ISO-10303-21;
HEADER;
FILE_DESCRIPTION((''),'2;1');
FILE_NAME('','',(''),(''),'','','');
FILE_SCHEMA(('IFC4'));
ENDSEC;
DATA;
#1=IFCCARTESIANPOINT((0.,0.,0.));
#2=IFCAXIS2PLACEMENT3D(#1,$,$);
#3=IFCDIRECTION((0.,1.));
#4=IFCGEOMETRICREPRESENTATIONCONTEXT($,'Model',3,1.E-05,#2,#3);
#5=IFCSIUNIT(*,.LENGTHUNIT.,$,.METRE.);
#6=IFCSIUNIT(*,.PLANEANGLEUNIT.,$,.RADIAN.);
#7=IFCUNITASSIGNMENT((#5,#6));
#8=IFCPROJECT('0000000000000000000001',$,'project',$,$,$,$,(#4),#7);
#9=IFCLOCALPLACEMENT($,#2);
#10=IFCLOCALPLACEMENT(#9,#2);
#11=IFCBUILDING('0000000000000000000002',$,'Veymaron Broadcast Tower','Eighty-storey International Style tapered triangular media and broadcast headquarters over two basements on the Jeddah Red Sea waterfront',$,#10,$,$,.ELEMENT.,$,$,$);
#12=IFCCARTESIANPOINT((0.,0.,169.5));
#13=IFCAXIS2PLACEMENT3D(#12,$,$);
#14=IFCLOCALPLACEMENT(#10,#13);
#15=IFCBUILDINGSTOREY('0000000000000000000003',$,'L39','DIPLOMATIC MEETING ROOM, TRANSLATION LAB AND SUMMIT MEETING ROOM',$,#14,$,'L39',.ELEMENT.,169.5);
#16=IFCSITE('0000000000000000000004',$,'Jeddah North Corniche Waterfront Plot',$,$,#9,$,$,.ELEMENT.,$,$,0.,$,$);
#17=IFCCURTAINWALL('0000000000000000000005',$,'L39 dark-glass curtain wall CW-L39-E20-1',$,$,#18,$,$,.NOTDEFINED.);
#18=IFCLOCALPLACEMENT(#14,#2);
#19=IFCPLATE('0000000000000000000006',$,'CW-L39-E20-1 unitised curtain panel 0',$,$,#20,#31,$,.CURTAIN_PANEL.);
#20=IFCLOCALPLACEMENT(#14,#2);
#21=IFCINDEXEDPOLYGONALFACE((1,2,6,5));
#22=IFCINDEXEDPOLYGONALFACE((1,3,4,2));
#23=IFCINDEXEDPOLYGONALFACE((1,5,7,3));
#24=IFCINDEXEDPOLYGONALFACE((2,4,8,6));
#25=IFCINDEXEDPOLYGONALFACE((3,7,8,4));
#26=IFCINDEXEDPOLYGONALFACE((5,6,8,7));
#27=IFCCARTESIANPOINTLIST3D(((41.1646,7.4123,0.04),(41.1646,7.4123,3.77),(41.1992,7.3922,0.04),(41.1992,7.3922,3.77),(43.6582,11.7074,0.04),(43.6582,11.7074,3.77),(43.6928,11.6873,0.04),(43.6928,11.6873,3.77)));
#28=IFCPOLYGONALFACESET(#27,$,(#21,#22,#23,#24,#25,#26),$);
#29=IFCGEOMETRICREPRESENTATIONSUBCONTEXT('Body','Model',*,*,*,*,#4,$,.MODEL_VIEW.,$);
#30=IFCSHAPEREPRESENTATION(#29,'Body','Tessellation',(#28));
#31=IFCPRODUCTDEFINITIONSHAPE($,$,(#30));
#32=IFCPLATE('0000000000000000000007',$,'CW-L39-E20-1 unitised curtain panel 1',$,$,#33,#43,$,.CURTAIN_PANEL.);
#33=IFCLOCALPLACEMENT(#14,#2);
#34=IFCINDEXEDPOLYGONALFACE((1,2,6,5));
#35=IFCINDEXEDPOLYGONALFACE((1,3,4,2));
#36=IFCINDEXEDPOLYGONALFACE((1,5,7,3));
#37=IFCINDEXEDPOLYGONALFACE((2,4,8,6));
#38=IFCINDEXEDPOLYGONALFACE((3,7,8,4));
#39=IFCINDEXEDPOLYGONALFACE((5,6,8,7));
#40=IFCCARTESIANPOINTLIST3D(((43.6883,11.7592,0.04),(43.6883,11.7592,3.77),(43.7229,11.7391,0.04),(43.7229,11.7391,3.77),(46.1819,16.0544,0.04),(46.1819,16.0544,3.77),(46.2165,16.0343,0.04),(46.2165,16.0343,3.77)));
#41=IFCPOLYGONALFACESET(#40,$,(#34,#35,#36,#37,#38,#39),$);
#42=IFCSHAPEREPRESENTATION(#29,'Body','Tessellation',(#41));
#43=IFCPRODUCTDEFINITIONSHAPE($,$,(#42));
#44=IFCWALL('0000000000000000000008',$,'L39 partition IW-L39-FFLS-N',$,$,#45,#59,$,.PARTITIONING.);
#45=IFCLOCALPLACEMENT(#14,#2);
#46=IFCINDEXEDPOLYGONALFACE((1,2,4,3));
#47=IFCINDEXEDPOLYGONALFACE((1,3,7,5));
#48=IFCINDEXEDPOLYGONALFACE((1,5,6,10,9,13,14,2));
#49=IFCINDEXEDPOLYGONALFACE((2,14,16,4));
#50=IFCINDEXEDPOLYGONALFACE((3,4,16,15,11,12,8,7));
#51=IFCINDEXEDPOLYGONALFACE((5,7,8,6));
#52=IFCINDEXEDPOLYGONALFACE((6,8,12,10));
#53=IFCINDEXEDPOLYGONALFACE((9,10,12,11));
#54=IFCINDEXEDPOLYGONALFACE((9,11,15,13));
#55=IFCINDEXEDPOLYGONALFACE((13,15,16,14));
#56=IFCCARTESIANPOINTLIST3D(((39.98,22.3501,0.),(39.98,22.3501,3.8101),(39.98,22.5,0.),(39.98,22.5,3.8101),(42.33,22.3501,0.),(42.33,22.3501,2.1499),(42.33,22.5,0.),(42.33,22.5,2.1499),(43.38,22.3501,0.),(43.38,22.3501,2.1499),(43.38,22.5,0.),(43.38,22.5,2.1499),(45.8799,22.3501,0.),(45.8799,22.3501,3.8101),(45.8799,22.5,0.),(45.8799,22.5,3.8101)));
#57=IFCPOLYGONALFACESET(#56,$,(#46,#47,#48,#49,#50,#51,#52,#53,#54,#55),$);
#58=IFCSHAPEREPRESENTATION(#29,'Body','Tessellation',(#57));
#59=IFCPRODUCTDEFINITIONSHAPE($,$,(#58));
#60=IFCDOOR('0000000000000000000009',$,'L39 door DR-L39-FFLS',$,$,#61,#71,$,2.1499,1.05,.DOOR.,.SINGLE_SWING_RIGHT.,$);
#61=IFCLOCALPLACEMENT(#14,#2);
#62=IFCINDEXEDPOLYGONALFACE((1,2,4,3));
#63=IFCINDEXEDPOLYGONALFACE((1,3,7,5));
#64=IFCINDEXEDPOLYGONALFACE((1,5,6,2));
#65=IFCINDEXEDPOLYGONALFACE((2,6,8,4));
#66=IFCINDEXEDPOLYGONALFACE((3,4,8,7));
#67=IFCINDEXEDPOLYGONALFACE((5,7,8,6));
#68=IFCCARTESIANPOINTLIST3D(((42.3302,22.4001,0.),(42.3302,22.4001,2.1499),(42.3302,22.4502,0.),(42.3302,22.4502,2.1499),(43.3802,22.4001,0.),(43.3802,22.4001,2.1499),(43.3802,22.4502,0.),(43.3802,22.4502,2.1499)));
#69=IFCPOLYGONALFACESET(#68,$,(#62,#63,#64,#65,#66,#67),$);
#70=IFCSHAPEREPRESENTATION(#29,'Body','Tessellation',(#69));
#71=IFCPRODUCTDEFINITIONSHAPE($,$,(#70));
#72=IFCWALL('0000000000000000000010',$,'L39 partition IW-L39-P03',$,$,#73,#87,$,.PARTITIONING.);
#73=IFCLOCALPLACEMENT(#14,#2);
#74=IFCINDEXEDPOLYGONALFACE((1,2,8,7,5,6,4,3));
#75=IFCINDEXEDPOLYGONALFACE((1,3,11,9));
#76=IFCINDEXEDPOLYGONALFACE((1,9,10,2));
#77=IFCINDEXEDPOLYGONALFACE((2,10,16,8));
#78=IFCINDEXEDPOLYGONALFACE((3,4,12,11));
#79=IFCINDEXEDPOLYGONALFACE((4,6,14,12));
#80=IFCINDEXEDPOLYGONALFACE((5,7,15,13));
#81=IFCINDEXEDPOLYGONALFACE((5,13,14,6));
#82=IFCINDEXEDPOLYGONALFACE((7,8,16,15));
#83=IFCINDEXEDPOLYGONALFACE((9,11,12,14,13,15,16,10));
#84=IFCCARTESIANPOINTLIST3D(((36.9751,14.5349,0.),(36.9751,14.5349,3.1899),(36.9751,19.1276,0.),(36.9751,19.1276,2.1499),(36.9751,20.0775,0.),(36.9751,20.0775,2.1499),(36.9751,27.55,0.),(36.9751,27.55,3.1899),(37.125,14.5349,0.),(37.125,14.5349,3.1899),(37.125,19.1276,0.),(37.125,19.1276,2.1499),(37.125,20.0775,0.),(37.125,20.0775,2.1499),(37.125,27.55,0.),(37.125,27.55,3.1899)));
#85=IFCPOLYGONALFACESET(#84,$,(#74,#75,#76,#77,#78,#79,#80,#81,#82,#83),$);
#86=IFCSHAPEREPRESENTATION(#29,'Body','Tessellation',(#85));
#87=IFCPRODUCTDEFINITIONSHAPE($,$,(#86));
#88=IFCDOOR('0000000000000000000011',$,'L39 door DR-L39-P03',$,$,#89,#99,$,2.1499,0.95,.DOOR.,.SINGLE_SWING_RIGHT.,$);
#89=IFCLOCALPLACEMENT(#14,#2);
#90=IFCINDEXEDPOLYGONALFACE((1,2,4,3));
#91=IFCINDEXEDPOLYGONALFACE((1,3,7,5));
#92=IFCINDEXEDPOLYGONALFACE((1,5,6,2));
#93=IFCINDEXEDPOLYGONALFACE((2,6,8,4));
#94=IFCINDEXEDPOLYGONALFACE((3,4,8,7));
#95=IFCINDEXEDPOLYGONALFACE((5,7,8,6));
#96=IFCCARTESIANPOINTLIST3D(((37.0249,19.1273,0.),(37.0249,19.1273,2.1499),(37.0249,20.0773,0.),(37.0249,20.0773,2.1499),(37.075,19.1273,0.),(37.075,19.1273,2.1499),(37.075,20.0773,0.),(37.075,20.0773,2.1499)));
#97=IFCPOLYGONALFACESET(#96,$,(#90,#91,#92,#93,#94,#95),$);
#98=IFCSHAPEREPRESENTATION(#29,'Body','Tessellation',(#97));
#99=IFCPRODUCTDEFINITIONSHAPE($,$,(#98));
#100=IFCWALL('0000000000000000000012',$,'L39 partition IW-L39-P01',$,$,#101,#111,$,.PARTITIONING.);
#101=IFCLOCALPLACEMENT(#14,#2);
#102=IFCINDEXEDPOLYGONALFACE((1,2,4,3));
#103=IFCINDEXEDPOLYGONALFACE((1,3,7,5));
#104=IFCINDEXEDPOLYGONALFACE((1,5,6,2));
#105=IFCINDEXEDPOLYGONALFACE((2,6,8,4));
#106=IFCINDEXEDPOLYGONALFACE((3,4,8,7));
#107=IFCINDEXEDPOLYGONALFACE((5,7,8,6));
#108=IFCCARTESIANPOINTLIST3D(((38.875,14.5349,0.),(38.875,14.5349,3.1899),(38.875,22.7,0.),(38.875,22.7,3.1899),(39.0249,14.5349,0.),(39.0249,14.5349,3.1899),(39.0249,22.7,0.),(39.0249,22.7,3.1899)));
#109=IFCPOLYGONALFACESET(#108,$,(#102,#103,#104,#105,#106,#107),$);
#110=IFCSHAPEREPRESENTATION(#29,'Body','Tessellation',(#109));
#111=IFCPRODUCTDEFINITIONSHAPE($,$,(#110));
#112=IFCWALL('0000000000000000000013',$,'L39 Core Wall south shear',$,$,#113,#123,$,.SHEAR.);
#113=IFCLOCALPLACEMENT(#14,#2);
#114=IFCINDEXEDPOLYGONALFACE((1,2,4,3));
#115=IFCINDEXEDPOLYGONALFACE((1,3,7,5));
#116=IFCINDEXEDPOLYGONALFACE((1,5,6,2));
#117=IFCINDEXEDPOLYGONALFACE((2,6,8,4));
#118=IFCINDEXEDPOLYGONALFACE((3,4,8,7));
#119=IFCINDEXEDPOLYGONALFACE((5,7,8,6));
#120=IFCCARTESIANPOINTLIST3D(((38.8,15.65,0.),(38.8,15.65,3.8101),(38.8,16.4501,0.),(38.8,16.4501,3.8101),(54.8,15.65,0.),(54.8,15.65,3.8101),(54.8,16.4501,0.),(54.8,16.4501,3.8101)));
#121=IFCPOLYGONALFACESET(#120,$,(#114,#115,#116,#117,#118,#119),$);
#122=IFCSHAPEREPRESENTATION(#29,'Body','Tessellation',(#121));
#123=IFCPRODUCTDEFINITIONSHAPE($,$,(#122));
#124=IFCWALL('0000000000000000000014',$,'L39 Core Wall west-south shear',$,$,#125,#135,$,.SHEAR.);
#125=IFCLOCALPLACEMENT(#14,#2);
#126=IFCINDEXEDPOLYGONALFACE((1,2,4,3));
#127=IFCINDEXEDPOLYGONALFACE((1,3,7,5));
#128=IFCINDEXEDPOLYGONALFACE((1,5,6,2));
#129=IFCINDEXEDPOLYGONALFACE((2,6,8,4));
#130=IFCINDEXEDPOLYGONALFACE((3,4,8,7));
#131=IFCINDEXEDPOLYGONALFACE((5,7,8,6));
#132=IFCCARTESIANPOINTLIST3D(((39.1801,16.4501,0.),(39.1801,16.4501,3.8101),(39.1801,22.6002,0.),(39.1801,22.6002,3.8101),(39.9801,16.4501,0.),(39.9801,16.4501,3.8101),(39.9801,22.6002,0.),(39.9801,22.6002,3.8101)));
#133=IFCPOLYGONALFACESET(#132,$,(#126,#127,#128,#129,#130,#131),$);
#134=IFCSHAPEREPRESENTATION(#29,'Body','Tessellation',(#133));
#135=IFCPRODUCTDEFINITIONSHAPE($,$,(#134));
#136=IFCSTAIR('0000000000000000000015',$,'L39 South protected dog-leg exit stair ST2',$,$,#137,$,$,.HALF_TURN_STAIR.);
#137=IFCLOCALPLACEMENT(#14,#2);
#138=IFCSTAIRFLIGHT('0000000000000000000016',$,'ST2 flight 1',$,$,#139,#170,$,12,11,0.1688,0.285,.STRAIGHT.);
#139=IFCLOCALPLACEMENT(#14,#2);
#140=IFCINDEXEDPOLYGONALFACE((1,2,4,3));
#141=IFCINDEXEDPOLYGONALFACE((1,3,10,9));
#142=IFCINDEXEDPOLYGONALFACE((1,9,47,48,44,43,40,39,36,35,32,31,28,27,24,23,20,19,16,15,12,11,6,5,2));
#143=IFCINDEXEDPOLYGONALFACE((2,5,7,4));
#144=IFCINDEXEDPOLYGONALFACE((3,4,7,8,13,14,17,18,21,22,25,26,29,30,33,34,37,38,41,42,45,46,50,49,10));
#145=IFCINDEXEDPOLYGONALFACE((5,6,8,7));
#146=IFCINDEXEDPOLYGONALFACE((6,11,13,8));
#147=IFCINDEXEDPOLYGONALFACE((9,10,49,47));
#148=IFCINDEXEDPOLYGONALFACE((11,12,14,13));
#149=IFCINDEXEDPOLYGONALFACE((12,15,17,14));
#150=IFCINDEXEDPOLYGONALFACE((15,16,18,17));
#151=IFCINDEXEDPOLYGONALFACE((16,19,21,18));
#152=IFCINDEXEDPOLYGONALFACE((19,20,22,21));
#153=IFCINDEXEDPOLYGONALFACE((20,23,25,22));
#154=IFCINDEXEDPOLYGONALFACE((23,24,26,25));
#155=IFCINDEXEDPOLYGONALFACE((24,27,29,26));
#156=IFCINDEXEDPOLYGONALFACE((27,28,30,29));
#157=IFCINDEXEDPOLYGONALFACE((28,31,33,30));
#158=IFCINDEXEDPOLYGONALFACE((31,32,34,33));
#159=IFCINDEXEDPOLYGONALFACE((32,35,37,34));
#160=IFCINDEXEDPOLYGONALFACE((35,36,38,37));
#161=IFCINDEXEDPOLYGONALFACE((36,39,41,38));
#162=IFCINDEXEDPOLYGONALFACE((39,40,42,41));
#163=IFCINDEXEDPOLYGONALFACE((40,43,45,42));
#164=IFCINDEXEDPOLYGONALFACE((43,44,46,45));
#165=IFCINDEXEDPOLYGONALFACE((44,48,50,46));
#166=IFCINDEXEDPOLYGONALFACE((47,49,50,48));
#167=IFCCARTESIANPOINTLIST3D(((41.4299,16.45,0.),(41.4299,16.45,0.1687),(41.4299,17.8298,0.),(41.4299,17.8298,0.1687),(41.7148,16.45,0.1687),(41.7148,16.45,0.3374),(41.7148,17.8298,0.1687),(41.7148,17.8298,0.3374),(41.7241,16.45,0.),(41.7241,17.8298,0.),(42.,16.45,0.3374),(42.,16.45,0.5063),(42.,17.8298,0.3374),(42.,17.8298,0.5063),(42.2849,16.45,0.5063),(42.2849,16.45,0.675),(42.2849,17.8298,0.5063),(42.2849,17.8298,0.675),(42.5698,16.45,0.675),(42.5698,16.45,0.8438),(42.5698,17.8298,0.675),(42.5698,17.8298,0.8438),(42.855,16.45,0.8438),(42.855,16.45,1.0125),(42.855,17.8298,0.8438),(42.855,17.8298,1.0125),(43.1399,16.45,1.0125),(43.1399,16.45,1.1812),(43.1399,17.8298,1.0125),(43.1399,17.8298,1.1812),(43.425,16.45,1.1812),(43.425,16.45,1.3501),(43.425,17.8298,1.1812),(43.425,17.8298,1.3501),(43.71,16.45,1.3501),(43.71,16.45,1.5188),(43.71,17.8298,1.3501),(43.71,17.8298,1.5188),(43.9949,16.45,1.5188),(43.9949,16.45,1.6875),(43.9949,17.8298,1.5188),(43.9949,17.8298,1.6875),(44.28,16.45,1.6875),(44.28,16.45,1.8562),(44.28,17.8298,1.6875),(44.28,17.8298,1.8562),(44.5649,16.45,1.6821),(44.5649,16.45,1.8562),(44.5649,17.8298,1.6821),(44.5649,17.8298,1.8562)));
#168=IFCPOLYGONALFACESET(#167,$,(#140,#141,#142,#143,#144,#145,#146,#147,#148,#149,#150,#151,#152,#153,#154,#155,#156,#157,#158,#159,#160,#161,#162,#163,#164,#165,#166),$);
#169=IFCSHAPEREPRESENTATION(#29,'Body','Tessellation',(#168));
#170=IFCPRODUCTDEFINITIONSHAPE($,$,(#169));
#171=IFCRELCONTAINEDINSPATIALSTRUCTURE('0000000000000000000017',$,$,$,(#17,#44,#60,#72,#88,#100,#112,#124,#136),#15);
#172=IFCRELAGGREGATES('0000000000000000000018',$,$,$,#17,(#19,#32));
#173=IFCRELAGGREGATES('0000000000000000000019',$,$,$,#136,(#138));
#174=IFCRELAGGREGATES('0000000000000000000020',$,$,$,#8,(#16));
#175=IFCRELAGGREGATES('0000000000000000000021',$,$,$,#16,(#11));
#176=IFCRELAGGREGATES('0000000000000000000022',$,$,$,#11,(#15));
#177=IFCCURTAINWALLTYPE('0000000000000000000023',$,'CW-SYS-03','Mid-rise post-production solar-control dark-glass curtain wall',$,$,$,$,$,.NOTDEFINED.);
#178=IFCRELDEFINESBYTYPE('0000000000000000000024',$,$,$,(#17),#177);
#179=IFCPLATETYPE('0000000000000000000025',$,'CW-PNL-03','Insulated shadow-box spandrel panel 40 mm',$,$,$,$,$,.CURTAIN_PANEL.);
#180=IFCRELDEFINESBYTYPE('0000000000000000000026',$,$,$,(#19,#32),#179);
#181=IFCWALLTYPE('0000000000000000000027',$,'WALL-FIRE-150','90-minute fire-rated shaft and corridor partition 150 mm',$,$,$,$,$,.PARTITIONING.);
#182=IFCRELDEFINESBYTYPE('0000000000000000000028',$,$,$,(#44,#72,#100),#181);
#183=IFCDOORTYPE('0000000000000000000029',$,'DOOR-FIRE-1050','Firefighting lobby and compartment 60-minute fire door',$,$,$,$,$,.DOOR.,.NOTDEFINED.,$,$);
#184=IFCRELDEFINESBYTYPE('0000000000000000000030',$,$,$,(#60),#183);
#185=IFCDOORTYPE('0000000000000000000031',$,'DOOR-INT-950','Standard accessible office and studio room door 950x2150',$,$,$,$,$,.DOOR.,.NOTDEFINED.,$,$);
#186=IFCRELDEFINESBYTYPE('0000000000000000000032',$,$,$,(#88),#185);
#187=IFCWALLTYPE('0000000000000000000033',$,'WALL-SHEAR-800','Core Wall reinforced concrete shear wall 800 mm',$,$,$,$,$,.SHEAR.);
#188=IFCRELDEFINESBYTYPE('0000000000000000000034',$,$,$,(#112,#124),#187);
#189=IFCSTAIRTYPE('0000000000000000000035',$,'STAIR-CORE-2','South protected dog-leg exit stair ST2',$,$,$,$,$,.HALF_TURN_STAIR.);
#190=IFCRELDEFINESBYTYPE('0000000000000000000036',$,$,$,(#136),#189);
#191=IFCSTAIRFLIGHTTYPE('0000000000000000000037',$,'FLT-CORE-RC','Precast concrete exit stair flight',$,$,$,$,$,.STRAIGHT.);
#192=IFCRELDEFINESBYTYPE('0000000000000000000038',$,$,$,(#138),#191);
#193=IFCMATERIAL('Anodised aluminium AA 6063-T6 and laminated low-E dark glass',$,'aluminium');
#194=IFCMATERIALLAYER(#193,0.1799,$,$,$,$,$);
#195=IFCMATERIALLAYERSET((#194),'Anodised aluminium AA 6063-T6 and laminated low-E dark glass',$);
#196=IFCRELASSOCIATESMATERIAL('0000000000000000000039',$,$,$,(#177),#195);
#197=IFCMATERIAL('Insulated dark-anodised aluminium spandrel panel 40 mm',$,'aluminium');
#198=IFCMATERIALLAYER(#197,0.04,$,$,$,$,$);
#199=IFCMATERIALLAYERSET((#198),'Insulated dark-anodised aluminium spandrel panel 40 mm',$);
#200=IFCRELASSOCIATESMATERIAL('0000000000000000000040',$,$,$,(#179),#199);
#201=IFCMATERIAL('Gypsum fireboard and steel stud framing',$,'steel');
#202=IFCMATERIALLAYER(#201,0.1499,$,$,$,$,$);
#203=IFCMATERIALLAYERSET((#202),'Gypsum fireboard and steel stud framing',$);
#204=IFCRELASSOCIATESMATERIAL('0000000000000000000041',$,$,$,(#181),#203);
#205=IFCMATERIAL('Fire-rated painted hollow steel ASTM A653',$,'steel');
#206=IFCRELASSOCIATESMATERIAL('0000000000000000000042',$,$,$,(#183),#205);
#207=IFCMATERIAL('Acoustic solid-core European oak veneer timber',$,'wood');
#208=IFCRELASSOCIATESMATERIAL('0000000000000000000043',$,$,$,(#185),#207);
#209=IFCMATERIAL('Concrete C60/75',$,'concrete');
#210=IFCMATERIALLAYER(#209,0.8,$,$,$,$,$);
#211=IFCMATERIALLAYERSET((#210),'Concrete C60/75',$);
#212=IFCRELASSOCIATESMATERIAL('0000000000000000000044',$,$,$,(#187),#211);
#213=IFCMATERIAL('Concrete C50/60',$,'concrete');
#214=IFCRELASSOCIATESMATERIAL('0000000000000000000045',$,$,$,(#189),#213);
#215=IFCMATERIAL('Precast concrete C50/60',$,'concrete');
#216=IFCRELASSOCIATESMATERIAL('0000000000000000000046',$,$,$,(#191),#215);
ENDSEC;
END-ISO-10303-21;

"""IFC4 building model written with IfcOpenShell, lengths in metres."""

from ifc_helpers import new_model, si_unit, direction, frame, frame_2d, origin, origin_2d, place, context, subcontext, project, spatial, polyline, rectangle, outline, extrude, material, layer, layer_set, type_object, element, fill, aggregate, save


model = new_model("IFC4")

# Units and contexts
model_context = context("Model", 3, precision=1e-05, world=origin(), true_north=direction((0.0, 1.0)))
body_context = subcontext(model_context, "Body", "Model", "MODEL_VIEW")
ifc_project = project(units=[si_unit("LENGTHUNIT", "METRE"), si_unit("PLANEANGLEUNIT", "RADIAN")], contexts=[model_context])

# Site, building, storey
site_placement = place(None, origin())
site = spatial("IfcSite", under=ifc_project, at=site_placement, Name="Jeddah North Corniche Waterfront Plot", CompositionType="ELEMENT", RefElevation=0.0)
building_placement = place(site_placement, origin())
building = spatial("IfcBuilding", under=site, at=building_placement, Name="Veymaron Broadcast Tower", Description="Eighty-storey International Style tapered triangular media and broadcast headquarters over two basements on the Jeddah Red Sea waterfront", CompositionType="ELEMENT")
storey_placement = place(building_placement, frame((0.0, 0.0, 169.5)))
storey = spatial("IfcBuildingStorey", under=building, at=storey_placement, Name="L39", Description="DIPLOMATIC MEETING ROOM, TRANSLATION LAB AND SUMMIT MEETING ROOM", LongName="L39", CompositionType="ELEMENT", Elevation=169.5)

# Curtain wall, plates
ifc_material_1 = material(Name="Anodised aluminium AA 6063-T6 and laminated low-E dark glass", Category="aluminium")
ifc_layer_1 = layer(ifc_material_1, 0.1799)
ifc_layer_set_1 = layer_set([ifc_layer_1], Name="Anodised aluminium AA 6063-T6 and laminated low-E dark glass")
curtain_wall_type = type_object("IfcCurtainWallType", Name="CW-SYS-03", Description="Mid-rise post-production solar-control dark-glass curtain wall", PredefinedType="NOTDEFINED", material=ifc_layer_set_1)
curtain_wall_placement = place(storey_placement, origin())
curtain_wall = element("IfcCurtainWall", 1, at=curtain_wall_placement, inside=storey, type_object=curtain_wall_type, Name="L39 dark-glass curtain wall CW-L39-E20-1", PredefinedType="NOTDEFINED")
ifc_material_2 = material(Name="Insulated dark-anodised aluminium spandrel panel 40 mm", Category="aluminium")
ifc_layer_2 = layer(ifc_material_2, 0.04)
ifc_layer_set_2 = layer_set([ifc_layer_2], Name="Insulated dark-anodised aluminium spandrel panel 40 mm")
plate_type = type_object("IfcPlateType", Name="CW-PNL-03", Description="Insulated shadow-box spandrel panel 40 mm", PredefinedType="CURTAIN_PANEL", material=ifc_layer_set_2)
plate_1_placement = place(storey_placement, frame((42.4287, 9.5498, 0.04), z_axis=(0.0, 0.0, 1.0), x_axis=(0.502084, 0.864819, 0.0)))
plate_1 = element("IfcPlate", 2, at=plate_1_placement, type_object=plate_type, Name="CW-L39-E20-1 unitised curtain panel 0", PredefinedType="CURTAIN_PANEL", context=body_context, shape_type="SweptSolid", body=[
    extrude(rectangle(XDim=4.9666, YDim=0.04, at=origin_2d()), origin(), (0.0, 0.0, 1.0), 3.73),
])
plate_2_placement = place(storey_placement, frame((44.9524, 13.8967, 0.04), z_axis=(0.0, 0.0, 1.0), x_axis=(0.502084, 0.864819, 0.0)))
plate_2 = element("IfcPlate", 3, at=plate_2_placement, type_object=plate_type, Name="CW-L39-E20-1 unitised curtain panel 1", PredefinedType="CURTAIN_PANEL", context=body_context, shape_type="SweptSolid", body=[
    extrude(rectangle(XDim=4.9666, YDim=0.04, at=origin_2d()), origin(), (0.0, 0.0, 1.0), 3.73),
])
aggregate(curtain_wall, [plate_1, plate_2])

# Walls, openings, doors
ifc_material_3 = material(Name="Gypsum fireboard and steel stud framing", Category="steel")
ifc_layer_3 = layer(ifc_material_3, 0.1499)
ifc_layer_set_3 = layer_set([ifc_layer_3], Name="Gypsum fireboard and steel stud framing")
wall_type_1 = type_object("IfcWallType", Name="WALL-FIRE-150", Description="90-minute fire-rated shaft and corridor partition 150 mm", PredefinedType="PARTITIONING", material=ifc_layer_set_3)
wall_1_placement = place(storey_placement, frame((39.98, 22.425, 0.0), z_axis=(0.0, 0.0, 1.0), x_axis=(1.0, 0.0, 0.0)))
wall_1 = element("IfcWall", 4, at=wall_1_placement, inside=storey, type_object=wall_type_1, Name="L39 partition IW-L39-FFLS-N", PredefinedType="PARTITIONING", context=body_context, shape_type="SweptSolid", body=[
    extrude(rectangle(XDim=5.8999, YDim=0.1499, at=frame_2d((2.95, 0.0))), origin(), (0.0, 0.0, 1.0), 3.8101),
])
opening_1_placement = place(wall_1_placement, frame((2.3501, 0.0, 0.0)))
opening_1 = element("IfcOpeningElement", 5, at=opening_1_placement, cuts=wall_1, PredefinedType="OPENING", context=body_context, shape_type="SweptSolid", body=[
    extrude(rectangle(XDim=1.05, YDim=2.1499, at=frame_2d((0.5249, 1.075))), frame((0.0, 0.085, 0.0), z_axis=(0.0, -1.0, 0.0), x_axis=(1.0, 0.0, 0.0)), (0.0, 0.0, 1.0), 0.1699),
])
ifc_material_4 = material(Name="Fire-rated painted hollow steel ASTM A653", Category="steel")
door_type_1 = type_object("IfcDoorType", Name="DOOR-FIRE-1050", Description="Firefighting lobby and compartment 60-minute fire door", OperationType="NOTDEFINED", PredefinedType="DOOR", material=ifc_material_4)
door_1_placement = place(opening_1_placement, frame((1.05, 0.0, 0.0), z_axis=(0.0, 0.0, 1.0), x_axis=(-1.0, 0.0, 0.0)))
door_1 = element("IfcDoor", 6, at=door_1_placement, inside=storey, type_object=door_type_1, Name="L39 door DR-L39-FFLS", OperationType="SINGLE_SWING_RIGHT", OverallHeight=2.1499, OverallWidth=1.05, PredefinedType="DOOR", context=body_context, shape_type="SweptSolid", body=[
    extrude(rectangle(XDim=1.05, YDim=2.1499, at=frame_2d((0.5249, 1.075))), frame((0.0, 0.0249, 0.0), z_axis=(0.0, -1.0, 0.0), x_axis=(1.0, 0.0, 0.0)), (0.0, 0.0, 1.0), 0.05),
])
fill(opening_1, door_1)
ifc_material_5 = material(Name="Acoustic solid-core European oak veneer timber", Category="wood")
door_type_2 = type_object("IfcDoorType", Name="DOOR-INT-950", Description="Standard accessible office and studio room door 950x2150", OperationType="NOTDEFINED", PredefinedType="DOOR", material=ifc_material_5)
wall_2_placement = place(storey_placement, frame((37.05, 14.5349, 0.0), z_axis=(0.0, 0.0, 1.0), x_axis=(0.0, 1.0, 0.0)))
wall_2 = element("IfcWall", 7, at=wall_2_placement, inside=storey, type_object=wall_type_1, Name="L39 partition IW-L39-P03", PredefinedType="PARTITIONING", context=body_context, shape_type="SweptSolid", body=[
    extrude(rectangle(XDim=13.0151, YDim=0.1499, at=frame_2d((6.5076, 0.0))), origin(), (0.0, 0.0, 1.0), 3.1899),
])
opening_2_placement = place(wall_2_placement, frame((4.5925, 0.0, 0.0)))
opening_2 = element("IfcOpeningElement", 8, at=opening_2_placement, cuts=wall_2, PredefinedType="OPENING", context=body_context, shape_type="SweptSolid", body=[
    extrude(rectangle(XDim=0.95, YDim=2.1499, at=frame_2d((0.4751, 1.075))), frame((0.0, 0.085, 0.0), z_axis=(0.0, -1.0, 0.0), x_axis=(1.0, 0.0, 0.0)), (0.0, 0.0, 1.0), 0.1699),
])
door_2_placement = place(opening_2_placement, frame((0.95, 0.0, 0.0), z_axis=(0.0, 0.0, 1.0), x_axis=(-1.0, 0.0, 0.0)))
door_2 = element("IfcDoor", 9, at=door_2_placement, inside=storey, type_object=door_type_2, Name="L39 door DR-L39-P03", OperationType="SINGLE_SWING_RIGHT", OverallHeight=2.1499, OverallWidth=0.95, PredefinedType="DOOR", context=body_context, shape_type="SweptSolid", body=[
    extrude(rectangle(XDim=0.95, YDim=2.1499, at=frame_2d((0.4751, 1.075))), frame((0.0, 0.0249, 0.0), z_axis=(0.0, -1.0, 0.0), x_axis=(1.0, 0.0, 0.0)), (0.0, 0.0, 1.0), 0.05),
])
fill(opening_2, door_2)

# Wall
wall_3_placement = place(storey_placement, frame((38.95, 14.5349, 0.0), z_axis=(0.0, 0.0, 1.0), x_axis=(0.0, 1.0, 0.0)))
element("IfcWall", 10, at=wall_3_placement, inside=storey, type_object=wall_type_1, Name="L39 partition IW-L39-P01", PredefinedType="PARTITIONING", context=body_context, shape_type="SweptSolid", body=[
    extrude(rectangle(XDim=8.165, YDim=0.1499, at=frame_2d((4.0825, 0.0))), origin(), (0.0, 0.0, 1.0), 3.1899),
])

# Shared definitions
ifc_material_6 = material(Name="Concrete C50/60", Category="concrete")

# Walls
ifc_material_7 = material(Name="Concrete C60/75", Category="concrete")
ifc_layer_4 = layer(ifc_material_7, 0.8)
ifc_layer_set_4 = layer_set([ifc_layer_4], Name="Concrete C60/75")
wall_type_2 = type_object("IfcWallType", Name="WALL-SHEAR-800", Description="Core Wall reinforced concrete shear wall 800 mm", PredefinedType="SHEAR", material=ifc_layer_set_4)
wall_4_placement = place(storey_placement, frame((38.8, 16.05, 0.0), z_axis=(0.0, 0.0, 1.0), x_axis=(1.0, 0.0, 0.0)))
element("IfcWall", 11, at=wall_4_placement, inside=storey, type_object=wall_type_2, Name="L39 Core Wall south shear", PredefinedType="SHEAR", context=body_context, shape_type="SweptSolid", body=[
    extrude(rectangle(XDim=16.0, YDim=0.8, at=frame_2d((8.0, 0.0))), origin(), (0.0, 0.0, 1.0), 3.8101),
])
wall_5_placement = place(storey_placement, frame((39.5801, 16.45, 0.0), z_axis=(0.0, 0.0, 1.0), x_axis=(0.0, 1.0, 0.0)))
element("IfcWall", 12, at=wall_5_placement, inside=storey, type_object=wall_type_2, Name="L39 Core Wall west-south shear", PredefinedType="SHEAR", context=body_context, shape_type="SweptSolid", body=[
    extrude(rectangle(XDim=6.1501, YDim=0.8, at=frame_2d((3.0752, 0.0))), origin(), (0.0, 0.0, 1.0), 3.8101),
])

# Stair, stair flight
stair_type = type_object("IfcStairType", Name="STAIR-CORE-2", Description="South protected dog-leg exit stair ST2", PredefinedType="HALF_TURN_STAIR", material=ifc_material_6)
stair_placement = place(storey_placement, origin())
stair = element("IfcStair", 13, at=stair_placement, inside=storey, type_object=stair_type, Name="L39 South protected dog-leg exit stair ST2", PredefinedType="HALF_TURN_STAIR")
ifc_material_8 = material(Name="Precast concrete C50/60", Category="concrete")
stair_flight_type = type_object("IfcStairFlightType", Name="FLT-CORE-RC", Description="Precast concrete exit stair flight", PredefinedType="STRAIGHT", material=ifc_material_8)
stair_flight_1_placement = place(storey_placement, frame((41.4299, 17.1399, 0.0), z_axis=(0.0, 0.0, 1.0), x_axis=(1.0, 0.0, 0.0)))
stair_flight_1 = element("IfcStairFlight", 14, at=stair_flight_1_placement, type_object=stair_flight_type, Name="ST2 flight 1", NumberOfRisers=12, NumberOfTreads=11, PredefinedType="STRAIGHT", RiserHeight=0.1688, TreadLength=0.285, context=body_context, shape_type="SweptSolid", body=[
    extrude(outline(polyline([(0.0, 0.0), (0.0, 0.1687), (0.2849, 0.1687), (0.2849, 0.3374), (0.5701, 0.3374), (0.5701, 0.5063), (0.855, 0.5063), (0.855, 0.675), (1.1399, 0.675), (1.1399, 0.8438), (1.425, 0.8438), (1.425, 1.0125), (1.71, 1.0125), (1.71, 1.1812), (1.9951, 1.1812), (1.9951, 1.3501), (2.28, 1.3501), (2.28, 1.5188), (2.5649, 1.5188), (2.5649, 1.6875), (2.8501, 1.6875), (2.8501, 1.8562), (3.135, 1.8562), (3.135, 2.0249), (3.135, 1.6821), (0.2942, 0.0), (0.0, 0.0)])), frame((0.0, 0.6899, 0.0), z_axis=(0.0, -1.0, 0.0), x_axis=(1.0, 0.0, 0.0)), (0.0, 0.0, 1.0), 1.3799),
])
aggregate(stair, [stair_flight_1])

save(model, "model.ifc")
